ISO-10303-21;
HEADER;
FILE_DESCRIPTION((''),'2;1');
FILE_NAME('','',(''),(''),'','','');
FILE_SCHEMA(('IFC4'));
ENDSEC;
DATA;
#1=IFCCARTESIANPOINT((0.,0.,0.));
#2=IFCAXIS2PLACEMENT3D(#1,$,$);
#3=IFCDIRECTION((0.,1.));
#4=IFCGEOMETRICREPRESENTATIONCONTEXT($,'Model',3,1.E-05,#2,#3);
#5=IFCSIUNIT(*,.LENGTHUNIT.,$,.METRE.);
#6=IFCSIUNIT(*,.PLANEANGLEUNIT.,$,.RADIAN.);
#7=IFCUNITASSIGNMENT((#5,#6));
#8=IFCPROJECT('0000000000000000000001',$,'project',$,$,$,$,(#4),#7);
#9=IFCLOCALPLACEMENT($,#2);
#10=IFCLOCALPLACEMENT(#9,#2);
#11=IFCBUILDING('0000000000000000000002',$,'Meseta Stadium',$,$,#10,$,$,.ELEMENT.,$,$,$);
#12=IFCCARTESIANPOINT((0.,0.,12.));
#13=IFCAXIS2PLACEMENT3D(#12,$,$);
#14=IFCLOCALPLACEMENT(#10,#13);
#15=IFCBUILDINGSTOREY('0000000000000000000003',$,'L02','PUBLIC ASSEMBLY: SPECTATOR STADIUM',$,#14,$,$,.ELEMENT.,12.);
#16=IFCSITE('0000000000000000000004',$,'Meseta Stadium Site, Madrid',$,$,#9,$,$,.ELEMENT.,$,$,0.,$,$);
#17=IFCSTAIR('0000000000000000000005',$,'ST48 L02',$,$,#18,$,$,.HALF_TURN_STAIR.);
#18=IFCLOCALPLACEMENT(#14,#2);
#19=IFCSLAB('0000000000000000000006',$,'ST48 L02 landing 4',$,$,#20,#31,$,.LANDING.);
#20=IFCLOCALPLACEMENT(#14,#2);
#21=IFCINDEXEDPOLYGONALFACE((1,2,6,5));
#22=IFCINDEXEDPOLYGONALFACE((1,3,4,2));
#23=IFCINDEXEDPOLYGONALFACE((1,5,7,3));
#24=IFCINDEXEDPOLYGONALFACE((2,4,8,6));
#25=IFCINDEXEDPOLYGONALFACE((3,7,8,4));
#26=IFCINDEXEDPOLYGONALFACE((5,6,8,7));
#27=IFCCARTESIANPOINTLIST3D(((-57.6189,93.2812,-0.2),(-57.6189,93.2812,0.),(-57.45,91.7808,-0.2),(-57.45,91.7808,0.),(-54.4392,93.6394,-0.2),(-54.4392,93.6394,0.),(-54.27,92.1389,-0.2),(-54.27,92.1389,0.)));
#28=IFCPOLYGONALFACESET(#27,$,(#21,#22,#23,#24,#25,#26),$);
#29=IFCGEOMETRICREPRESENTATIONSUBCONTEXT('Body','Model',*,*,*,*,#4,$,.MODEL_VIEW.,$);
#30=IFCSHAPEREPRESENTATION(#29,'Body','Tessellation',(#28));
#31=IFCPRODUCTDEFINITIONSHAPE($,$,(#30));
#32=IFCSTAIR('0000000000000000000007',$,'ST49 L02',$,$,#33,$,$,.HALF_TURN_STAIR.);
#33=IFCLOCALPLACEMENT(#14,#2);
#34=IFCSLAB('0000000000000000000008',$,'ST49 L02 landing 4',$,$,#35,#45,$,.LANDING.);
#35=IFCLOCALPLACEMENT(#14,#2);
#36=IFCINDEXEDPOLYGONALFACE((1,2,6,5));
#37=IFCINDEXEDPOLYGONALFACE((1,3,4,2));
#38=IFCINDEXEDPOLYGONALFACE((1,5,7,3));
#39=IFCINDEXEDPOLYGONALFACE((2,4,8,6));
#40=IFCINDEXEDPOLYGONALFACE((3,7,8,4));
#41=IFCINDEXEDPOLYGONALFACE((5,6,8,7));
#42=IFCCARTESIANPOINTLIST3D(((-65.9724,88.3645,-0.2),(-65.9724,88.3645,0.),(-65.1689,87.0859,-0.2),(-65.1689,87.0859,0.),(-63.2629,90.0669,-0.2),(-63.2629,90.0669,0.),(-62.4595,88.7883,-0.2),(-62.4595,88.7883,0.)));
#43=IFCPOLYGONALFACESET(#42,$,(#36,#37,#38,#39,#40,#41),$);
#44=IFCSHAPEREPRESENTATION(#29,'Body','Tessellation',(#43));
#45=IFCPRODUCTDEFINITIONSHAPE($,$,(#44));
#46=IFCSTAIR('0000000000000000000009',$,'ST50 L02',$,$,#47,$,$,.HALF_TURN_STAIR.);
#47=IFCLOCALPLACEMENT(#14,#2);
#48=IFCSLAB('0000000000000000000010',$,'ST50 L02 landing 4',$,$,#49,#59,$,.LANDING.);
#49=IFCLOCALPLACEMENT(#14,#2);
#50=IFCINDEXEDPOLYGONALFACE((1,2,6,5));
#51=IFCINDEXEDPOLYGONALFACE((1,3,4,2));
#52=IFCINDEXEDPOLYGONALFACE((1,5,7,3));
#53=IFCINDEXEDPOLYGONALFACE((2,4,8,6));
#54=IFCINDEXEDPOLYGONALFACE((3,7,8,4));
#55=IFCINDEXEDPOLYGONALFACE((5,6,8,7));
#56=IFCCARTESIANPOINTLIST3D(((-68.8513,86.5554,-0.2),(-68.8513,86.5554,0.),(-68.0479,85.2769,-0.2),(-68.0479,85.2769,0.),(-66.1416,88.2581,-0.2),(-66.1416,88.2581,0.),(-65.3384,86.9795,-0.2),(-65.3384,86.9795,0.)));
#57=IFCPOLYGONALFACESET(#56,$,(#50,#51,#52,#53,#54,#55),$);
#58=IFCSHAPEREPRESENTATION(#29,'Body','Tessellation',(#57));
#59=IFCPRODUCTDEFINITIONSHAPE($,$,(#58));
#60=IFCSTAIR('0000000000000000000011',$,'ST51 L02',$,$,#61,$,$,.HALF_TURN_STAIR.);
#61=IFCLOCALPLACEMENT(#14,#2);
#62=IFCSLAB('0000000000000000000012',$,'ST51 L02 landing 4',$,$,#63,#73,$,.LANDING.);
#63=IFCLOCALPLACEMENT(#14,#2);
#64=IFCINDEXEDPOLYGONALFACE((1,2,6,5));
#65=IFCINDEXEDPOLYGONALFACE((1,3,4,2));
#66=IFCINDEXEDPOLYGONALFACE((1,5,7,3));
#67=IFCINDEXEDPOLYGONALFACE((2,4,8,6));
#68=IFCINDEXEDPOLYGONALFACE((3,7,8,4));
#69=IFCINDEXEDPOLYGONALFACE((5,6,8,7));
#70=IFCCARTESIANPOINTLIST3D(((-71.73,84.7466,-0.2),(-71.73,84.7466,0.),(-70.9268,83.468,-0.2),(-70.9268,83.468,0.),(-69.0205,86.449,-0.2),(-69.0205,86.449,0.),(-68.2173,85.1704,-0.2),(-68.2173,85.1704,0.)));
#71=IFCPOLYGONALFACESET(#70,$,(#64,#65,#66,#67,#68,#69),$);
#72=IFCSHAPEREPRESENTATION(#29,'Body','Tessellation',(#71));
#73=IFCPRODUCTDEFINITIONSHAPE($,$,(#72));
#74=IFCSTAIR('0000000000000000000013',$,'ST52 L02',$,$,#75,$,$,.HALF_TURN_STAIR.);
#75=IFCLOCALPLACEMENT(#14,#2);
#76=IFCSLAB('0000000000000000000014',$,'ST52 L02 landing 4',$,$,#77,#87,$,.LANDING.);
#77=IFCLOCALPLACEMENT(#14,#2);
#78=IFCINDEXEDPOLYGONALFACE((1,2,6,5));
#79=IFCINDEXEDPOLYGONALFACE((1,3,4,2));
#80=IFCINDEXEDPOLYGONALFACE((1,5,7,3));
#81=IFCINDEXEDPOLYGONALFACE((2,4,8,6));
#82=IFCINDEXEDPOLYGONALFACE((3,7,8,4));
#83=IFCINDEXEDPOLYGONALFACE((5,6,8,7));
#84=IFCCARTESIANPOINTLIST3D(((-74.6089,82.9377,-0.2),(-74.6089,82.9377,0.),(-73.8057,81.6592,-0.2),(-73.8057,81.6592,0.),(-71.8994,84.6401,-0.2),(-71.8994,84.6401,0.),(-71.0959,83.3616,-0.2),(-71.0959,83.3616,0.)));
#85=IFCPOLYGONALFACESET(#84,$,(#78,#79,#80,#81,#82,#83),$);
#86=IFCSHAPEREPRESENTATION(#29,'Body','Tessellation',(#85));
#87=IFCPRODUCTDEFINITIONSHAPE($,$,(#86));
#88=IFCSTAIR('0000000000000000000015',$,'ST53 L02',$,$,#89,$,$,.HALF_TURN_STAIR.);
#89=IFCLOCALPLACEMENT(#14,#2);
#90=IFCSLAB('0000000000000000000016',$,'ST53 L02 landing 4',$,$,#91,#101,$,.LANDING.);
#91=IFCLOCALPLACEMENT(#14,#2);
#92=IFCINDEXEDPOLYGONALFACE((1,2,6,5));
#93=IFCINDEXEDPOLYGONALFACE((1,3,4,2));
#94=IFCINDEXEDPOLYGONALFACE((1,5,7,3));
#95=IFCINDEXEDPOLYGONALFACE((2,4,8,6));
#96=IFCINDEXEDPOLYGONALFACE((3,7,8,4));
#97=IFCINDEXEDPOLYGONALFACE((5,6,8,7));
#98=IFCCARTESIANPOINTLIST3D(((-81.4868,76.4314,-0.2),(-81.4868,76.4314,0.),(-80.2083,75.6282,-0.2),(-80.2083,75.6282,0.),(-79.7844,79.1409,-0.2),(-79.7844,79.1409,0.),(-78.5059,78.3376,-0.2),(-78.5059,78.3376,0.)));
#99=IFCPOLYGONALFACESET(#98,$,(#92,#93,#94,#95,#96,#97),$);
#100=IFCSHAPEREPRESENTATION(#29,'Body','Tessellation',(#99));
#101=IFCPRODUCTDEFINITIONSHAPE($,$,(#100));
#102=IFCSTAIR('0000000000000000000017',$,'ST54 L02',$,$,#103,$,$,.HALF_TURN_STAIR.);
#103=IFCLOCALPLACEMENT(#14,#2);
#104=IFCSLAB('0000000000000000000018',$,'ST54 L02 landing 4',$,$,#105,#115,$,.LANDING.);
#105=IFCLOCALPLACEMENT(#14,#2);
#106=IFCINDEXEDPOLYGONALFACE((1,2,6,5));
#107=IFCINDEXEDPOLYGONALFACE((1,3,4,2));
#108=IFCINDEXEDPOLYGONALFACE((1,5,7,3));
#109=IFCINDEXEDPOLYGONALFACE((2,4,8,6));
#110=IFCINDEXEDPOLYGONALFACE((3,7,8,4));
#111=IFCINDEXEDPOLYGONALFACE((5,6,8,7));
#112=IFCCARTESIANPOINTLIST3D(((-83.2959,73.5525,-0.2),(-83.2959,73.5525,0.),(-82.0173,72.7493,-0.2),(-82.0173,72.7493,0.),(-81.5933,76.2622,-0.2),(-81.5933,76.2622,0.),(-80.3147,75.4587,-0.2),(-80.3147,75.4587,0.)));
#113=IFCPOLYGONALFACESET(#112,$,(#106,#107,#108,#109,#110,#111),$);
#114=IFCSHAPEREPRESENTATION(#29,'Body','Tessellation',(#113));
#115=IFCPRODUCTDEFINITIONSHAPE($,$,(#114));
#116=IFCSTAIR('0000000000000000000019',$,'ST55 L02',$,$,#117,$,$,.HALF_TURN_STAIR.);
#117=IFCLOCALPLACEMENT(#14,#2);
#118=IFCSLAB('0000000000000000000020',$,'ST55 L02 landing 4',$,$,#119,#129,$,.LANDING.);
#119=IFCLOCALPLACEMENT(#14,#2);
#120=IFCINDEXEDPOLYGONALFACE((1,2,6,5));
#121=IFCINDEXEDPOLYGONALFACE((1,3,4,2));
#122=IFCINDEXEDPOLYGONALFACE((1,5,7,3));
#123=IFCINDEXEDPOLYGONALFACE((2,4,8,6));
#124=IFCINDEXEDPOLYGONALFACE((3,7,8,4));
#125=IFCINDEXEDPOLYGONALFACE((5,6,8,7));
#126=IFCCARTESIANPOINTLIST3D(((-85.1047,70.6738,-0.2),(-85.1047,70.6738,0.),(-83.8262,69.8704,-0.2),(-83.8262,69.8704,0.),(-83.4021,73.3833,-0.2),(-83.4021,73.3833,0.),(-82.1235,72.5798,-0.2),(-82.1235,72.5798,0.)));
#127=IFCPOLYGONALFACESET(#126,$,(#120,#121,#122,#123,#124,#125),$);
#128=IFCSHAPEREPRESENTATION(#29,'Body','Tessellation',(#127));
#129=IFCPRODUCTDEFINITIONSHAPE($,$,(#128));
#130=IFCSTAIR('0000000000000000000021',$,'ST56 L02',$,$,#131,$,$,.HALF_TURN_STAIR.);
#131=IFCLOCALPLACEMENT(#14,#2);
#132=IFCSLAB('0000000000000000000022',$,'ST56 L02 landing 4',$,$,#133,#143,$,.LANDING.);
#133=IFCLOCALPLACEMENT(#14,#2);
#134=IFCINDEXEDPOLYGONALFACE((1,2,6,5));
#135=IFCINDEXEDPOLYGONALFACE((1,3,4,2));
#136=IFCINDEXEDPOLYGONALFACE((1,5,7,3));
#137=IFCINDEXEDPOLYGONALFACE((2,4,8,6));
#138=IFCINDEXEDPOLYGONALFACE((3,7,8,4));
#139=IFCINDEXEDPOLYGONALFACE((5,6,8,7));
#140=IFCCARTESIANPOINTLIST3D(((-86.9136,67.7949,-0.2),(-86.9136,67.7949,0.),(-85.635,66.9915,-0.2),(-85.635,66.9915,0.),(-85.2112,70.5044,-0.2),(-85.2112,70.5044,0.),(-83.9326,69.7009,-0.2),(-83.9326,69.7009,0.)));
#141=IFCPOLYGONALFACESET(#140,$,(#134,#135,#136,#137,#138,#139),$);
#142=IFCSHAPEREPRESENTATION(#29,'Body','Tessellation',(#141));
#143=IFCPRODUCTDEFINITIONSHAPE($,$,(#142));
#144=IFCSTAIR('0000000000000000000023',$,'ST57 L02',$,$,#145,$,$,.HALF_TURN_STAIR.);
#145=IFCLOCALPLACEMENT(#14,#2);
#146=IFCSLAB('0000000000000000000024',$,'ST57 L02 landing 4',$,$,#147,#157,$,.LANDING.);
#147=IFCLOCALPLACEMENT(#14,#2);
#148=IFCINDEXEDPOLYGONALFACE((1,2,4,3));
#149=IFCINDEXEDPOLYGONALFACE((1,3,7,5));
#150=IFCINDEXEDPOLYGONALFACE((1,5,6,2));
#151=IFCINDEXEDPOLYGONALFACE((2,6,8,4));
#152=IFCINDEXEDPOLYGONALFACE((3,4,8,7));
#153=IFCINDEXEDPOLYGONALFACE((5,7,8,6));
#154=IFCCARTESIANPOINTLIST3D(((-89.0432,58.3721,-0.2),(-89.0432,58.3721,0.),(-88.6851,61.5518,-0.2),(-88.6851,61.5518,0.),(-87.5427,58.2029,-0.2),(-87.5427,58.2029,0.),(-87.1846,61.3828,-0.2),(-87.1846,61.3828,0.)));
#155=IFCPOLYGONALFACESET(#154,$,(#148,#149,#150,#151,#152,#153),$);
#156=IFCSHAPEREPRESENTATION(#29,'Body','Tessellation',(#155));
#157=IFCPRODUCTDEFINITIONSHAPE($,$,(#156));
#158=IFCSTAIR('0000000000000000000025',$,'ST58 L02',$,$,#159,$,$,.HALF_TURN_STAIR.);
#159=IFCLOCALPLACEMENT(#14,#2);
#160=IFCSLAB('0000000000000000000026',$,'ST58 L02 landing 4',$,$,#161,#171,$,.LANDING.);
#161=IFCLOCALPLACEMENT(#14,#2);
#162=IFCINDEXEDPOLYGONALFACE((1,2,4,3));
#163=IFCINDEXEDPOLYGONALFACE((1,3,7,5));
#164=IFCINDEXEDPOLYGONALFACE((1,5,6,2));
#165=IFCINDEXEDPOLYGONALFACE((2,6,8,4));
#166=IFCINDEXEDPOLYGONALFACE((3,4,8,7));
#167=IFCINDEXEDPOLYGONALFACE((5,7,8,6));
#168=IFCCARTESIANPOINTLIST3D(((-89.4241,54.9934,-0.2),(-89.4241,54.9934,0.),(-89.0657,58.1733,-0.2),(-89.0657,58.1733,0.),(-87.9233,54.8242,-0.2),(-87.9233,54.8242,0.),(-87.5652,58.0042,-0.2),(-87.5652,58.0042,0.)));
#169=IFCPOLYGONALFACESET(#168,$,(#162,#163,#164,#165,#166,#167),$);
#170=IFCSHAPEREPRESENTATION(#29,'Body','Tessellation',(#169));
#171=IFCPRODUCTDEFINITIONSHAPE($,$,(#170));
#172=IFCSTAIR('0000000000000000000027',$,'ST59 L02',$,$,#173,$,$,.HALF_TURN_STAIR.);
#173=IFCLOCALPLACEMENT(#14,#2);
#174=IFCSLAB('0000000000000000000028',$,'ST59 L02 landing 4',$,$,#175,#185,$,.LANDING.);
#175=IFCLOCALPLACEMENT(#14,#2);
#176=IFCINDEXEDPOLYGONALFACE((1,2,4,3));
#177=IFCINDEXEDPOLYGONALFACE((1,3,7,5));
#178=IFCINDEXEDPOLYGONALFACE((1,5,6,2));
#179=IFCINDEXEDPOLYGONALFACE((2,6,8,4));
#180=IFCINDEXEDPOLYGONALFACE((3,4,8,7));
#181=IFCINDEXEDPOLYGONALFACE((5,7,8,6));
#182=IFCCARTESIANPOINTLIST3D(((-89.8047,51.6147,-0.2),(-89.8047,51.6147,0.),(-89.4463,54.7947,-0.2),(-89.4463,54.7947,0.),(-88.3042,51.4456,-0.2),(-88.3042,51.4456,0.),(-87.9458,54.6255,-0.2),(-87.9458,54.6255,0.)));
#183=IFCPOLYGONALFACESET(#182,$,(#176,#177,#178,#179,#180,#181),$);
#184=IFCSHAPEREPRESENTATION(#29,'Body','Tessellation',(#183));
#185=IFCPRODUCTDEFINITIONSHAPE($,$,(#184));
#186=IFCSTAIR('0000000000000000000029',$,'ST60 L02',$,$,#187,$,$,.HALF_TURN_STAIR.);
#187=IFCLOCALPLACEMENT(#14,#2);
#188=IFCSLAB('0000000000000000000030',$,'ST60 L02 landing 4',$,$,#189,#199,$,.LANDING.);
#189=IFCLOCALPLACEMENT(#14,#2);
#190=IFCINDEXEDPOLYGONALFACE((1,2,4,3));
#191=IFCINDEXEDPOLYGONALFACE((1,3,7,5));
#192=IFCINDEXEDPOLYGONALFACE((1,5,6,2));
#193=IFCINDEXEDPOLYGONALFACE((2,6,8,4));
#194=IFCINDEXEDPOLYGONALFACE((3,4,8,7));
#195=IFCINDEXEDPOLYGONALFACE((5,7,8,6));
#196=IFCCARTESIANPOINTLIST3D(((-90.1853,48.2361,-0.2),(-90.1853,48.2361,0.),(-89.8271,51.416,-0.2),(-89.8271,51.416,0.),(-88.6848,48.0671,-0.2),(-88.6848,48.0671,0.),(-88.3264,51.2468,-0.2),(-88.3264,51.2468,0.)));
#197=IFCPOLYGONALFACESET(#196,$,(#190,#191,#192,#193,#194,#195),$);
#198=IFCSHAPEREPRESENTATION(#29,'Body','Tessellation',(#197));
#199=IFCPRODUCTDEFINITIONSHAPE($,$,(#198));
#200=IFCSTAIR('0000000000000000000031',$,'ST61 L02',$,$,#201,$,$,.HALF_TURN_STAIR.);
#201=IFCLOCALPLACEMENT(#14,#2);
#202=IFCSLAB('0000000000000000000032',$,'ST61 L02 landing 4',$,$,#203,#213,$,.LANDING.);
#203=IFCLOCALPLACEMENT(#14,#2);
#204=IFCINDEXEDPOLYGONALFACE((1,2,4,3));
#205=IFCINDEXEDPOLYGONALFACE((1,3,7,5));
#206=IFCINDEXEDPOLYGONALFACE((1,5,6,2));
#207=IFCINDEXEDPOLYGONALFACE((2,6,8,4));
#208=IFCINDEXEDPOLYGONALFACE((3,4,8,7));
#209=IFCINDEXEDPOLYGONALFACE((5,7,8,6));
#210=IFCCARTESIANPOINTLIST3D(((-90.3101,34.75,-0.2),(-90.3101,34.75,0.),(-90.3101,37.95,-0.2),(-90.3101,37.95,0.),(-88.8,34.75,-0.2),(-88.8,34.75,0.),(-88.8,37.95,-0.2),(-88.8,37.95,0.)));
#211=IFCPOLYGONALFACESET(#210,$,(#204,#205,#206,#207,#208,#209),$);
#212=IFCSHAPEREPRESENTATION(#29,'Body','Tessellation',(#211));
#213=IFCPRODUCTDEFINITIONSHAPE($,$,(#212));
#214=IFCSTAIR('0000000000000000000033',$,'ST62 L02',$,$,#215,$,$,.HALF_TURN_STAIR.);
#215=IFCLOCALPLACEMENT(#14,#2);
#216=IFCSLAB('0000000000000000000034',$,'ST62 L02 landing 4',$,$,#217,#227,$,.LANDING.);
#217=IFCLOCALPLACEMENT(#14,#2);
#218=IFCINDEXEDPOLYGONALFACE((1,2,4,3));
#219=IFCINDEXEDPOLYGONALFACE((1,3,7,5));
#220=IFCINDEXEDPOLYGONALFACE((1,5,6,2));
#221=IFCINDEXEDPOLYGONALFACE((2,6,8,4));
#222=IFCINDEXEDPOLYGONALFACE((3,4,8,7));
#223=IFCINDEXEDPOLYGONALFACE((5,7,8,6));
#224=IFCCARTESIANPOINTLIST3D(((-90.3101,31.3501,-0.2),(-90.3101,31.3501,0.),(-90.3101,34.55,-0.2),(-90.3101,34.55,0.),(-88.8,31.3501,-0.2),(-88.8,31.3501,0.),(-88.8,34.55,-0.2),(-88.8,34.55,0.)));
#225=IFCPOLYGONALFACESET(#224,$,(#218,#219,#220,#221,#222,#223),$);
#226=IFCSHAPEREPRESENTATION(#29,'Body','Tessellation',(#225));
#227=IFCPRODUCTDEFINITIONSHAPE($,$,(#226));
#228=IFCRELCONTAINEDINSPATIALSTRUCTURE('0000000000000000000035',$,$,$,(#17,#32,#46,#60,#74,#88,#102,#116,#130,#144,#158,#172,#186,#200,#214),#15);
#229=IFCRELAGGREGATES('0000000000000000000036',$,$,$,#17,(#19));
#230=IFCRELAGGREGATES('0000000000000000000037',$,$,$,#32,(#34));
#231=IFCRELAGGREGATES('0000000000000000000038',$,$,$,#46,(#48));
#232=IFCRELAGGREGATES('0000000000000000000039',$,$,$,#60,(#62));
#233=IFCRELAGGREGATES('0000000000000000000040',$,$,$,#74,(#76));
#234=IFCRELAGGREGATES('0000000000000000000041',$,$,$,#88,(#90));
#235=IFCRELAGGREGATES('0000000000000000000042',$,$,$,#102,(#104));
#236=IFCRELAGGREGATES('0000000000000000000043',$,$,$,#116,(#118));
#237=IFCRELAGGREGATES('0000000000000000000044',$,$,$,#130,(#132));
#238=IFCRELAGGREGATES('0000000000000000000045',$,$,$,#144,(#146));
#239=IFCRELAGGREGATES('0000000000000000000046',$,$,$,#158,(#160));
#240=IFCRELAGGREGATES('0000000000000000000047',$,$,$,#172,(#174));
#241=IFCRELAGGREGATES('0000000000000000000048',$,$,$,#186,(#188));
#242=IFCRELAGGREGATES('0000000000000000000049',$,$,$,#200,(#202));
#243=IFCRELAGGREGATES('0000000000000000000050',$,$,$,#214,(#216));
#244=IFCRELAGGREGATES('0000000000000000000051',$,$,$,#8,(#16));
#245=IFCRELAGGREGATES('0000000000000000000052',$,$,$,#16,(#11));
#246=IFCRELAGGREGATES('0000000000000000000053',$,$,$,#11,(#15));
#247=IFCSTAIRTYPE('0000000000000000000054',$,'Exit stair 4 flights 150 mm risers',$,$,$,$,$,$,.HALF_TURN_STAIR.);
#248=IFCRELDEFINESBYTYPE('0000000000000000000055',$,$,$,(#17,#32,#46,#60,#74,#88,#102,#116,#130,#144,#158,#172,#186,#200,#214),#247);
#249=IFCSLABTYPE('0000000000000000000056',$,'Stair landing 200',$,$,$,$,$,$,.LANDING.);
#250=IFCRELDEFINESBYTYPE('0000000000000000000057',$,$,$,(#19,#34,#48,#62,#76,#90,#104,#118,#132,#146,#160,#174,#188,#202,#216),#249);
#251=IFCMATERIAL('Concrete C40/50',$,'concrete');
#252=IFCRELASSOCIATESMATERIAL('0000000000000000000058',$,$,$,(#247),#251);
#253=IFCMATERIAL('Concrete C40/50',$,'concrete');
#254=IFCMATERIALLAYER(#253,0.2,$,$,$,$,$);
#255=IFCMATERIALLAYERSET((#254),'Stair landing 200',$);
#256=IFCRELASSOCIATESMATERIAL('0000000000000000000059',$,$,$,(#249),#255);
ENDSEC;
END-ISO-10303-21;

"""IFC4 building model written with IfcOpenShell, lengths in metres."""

from ifc_helpers import new_model, si_unit, direction, frame, origin, place, context, subcontext, project, spatial, polyline, outline, extrude, material, layer, layer_set, type_object, element, aggregate, save


model = new_model("IFC4")

# Units and contexts
model_context = context("Model", 3, precision=1e-05, world=origin(), true_north=direction((0.0, 1.0)))
body_context = subcontext(model_context, "Body", "Model", "MODEL_VIEW")
ifc_project = project(units=[si_unit("LENGTHUNIT", "METRE"), si_unit("PLANEANGLEUNIT", "RADIAN")], contexts=[model_context])

# Site, building, storey
site_placement = place(None, origin())
site = spatial("IfcSite", under=ifc_project, at=site_placement, Name="Meseta Stadium Site, Madrid", CompositionType="ELEMENT", RefElevation=0.0)
building_placement = place(site_placement, origin())
building = spatial("IfcBuilding", under=site, at=building_placement, Name="Meseta Stadium", CompositionType="ELEMENT")
storey_placement = place(building_placement, frame((0.0, 0.0, 12.0)))
storey = spatial("IfcBuildingStorey", under=building, at=storey_placement, Name="L02", Description="PUBLIC ASSEMBLY: SPECTATOR STADIUM", CompositionType="ELEMENT", Elevation=12.0)

# Stairs, slabs
ifc_material_1 = material(Name="Concrete C40/50", Category="concrete")
stair_type = type_object("IfcStairType", Name="Exit stair 4 flights 150 mm risers", PredefinedType="HALF_TURN_STAIR", material=ifc_material_1)
ifc_material_2 = material(Name="Concrete C40/50", Category="concrete")
ifc_layer = layer(ifc_material_2, 0.2)
ifc_layer_set = layer_set([ifc_layer], Name="Stair landing 200")
slab_type = type_object("IfcSlabType", Name="Stair landing 200", PredefinedType="LANDING", material=ifc_layer_set)
stair_1_placement = place(storey_placement, origin())
stair_1 = element("IfcStair", 1, at=stair_1_placement, inside=storey, type_object=stair_type, Name="ST48 L02", PredefinedType="HALF_TURN_STAIR")
slab_1_placement = place(storey_placement, frame((0.0, 0.0, -0.2)))
slab_1 = element("IfcSlab", 2, at=slab_1_placement, type_object=slab_type, Name="ST48 L02 landing 4", PredefinedType="LANDING", context=body_context, shape_type="SweptSolid", body=[
    extrude(outline(polyline([(-54.27, 92.1389), (-54.4392, 93.6394), (-57.6189, 93.2812), (-57.45, 91.7808), (-54.27, 92.1389)])), origin(), (0.0, 0.0, 1.0), 0.2),
])
aggregate(stair_1, [slab_1])
stair_2_placement = place(storey_placement, origin())
stair_2 = element("IfcStair", 3, at=stair_2_placement, inside=storey, type_object=stair_type, Name="ST49 L02", PredefinedType="HALF_TURN_STAIR")
slab_2_placement = place(storey_placement, frame((0.0, 0.0, -0.2)))
slab_2 = element("IfcSlab", 4, at=slab_2_placement, type_object=slab_type, Name="ST49 L02 landing 4", PredefinedType="LANDING", context=body_context, shape_type="SweptSolid", body=[
    extrude(outline(polyline([(-62.4595, 88.7883), (-63.2629, 90.0669), (-65.9724, 88.3645), (-65.1689, 87.0859), (-62.4595, 88.7883)])), origin(), (0.0, 0.0, 1.0), 0.2),
])
aggregate(stair_2, [slab_2])
stair_3_placement = place(storey_placement, origin())
stair_3 = element("IfcStair", 5, at=stair_3_placement, inside=storey, type_object=stair_type, Name="ST50 L02", PredefinedType="HALF_TURN_STAIR")
slab_3_placement = place(storey_placement, frame((0.0, 0.0, -0.2)))
slab_3 = element("IfcSlab", 6, at=slab_3_placement, type_object=slab_type, Name="ST50 L02 landing 4", PredefinedType="LANDING", context=body_context, shape_type="SweptSolid", body=[
    extrude(outline(polyline([(-65.3384, 86.9795), (-66.1416, 88.2581), (-68.8513, 86.5554), (-68.0479, 85.2769), (-65.3384, 86.9795)])), origin(), (0.0, 0.0, 1.0), 0.2),
])
aggregate(stair_3, [slab_3])
stair_4_placement = place(storey_placement, origin())
stair_4 = element("IfcStair", 7, at=stair_4_placement, inside=storey, type_object=stair_type, Name="ST51 L02", PredefinedType="HALF_TURN_STAIR")
slab_4_placement = place(storey_placement, frame((0.0, 0.0, -0.2)))
slab_4 = element("IfcSlab", 8, at=slab_4_placement, type_object=slab_type, Name="ST51 L02 landing 4", PredefinedType="LANDING", context=body_context, shape_type="SweptSolid", body=[
    extrude(outline(polyline([(-68.2173, 85.1704), (-69.0205, 86.449), (-71.73, 84.7466), (-70.9268, 83.468), (-68.2173, 85.1704)])), origin(), (0.0, 0.0, 1.0), 0.2),
])
aggregate(stair_4, [slab_4])
stair_5_placement = place(storey_placement, origin())
stair_5 = element("IfcStair", 9, at=stair_5_placement, inside=storey, type_object=stair_type, Name="ST52 L02", PredefinedType="HALF_TURN_STAIR")
slab_5_placement = place(storey_placement, frame((0.0, 0.0, -0.2)))
slab_5 = element("IfcSlab", 10, at=slab_5_placement, type_object=slab_type, Name="ST52 L02 landing 4", PredefinedType="LANDING", context=body_context, shape_type="SweptSolid", body=[
    extrude(outline(polyline([(-71.0959, 83.3616), (-71.8994, 84.6401), (-74.6089, 82.9377), (-73.8057, 81.6592), (-71.0959, 83.3616)])), origin(), (0.0, 0.0, 1.0), 0.2),
])
aggregate(stair_5, [slab_5])
stair_6_placement = place(storey_placement, origin())
stair_6 = element("IfcStair", 11, at=stair_6_placement, inside=storey, type_object=stair_type, Name="ST53 L02", PredefinedType="HALF_TURN_STAIR")
slab_6_placement = place(storey_placement, frame((0.0, 0.0, -0.2)))
slab_6 = element("IfcSlab", 12, at=slab_6_placement, type_object=slab_type, Name="ST53 L02 landing 4", PredefinedType="LANDING", context=body_context, shape_type="SweptSolid", body=[
    extrude(outline(polyline([(-78.5059, 78.3376), (-79.7844, 79.1409), (-81.4868, 76.4314), (-80.2083, 75.6282), (-78.5059, 78.3376)])), origin(), (0.0, 0.0, 1.0), 0.2),
])
aggregate(stair_6, [slab_6])
stair_7_placement = place(storey_placement, origin())
stair_7 = element("IfcStair", 13, at=stair_7_placement, inside=storey, type_object=stair_type, Name="ST54 L02", PredefinedType="HALF_TURN_STAIR")
slab_7_placement = place(storey_placement, frame((0.0, 0.0, -0.2)))
slab_7 = element("IfcSlab", 14, at=slab_7_placement, type_object=slab_type, Name="ST54 L02 landing 4", PredefinedType="LANDING", context=body_context, shape_type="SweptSolid", body=[
    extrude(outline(polyline([(-80.3147, 75.4587), (-81.5933, 76.2622), (-83.2959, 73.5525), (-82.0173, 72.7493), (-80.3147, 75.4587)])), origin(), (0.0, 0.0, 1.0), 0.2),
])
aggregate(stair_7, [slab_7])
stair_8_placement = place(storey_placement, origin())
stair_8 = element("IfcStair", 15, at=stair_8_placement, inside=storey, type_object=stair_type, Name="ST55 L02", PredefinedType="HALF_TURN_STAIR")
slab_8_placement = place(storey_placement, frame((0.0, 0.0, -0.2)))
slab_8 = element("IfcSlab", 16, at=slab_8_placement, type_object=slab_type, Name="ST55 L02 landing 4", PredefinedType="LANDING", context=body_context, shape_type="SweptSolid", body=[
    extrude(outline(polyline([(-82.1235, 72.5798), (-83.4021, 73.3833), (-85.1047, 70.6738), (-83.8262, 69.8704), (-82.1235, 72.5798)])), origin(), (0.0, 0.0, 1.0), 0.2),
])
aggregate(stair_8, [slab_8])
stair_9_placement = place(storey_placement, origin())
stair_9 = element("IfcStair", 17, at=stair_9_placement, inside=storey, type_object=stair_type, Name="ST56 L02", PredefinedType="HALF_TURN_STAIR")
slab_9_placement = place(storey_placement, frame((0.0, 0.0, -0.2)))
slab_9 = element("IfcSlab", 18, at=slab_9_placement, type_object=slab_type, Name="ST56 L02 landing 4", PredefinedType="LANDING", context=body_context, shape_type="SweptSolid", body=[
    extrude(outline(polyline([(-83.9326, 69.7009), (-85.2112, 70.5044), (-86.9136, 67.7949), (-85.635, 66.9915), (-83.9326, 69.7009)])), origin(), (0.0, 0.0, 1.0), 0.2),
])
aggregate(stair_9, [slab_9])
stair_10_placement = place(storey_placement, origin())
stair_10 = element("IfcStair", 19, at=stair_10_placement, inside=storey, type_object=stair_type, Name="ST57 L02", PredefinedType="HALF_TURN_STAIR")
slab_10_placement = place(storey_placement, frame((0.0, 0.0, -0.2)))
slab_10 = element("IfcSlab", 20, at=slab_10_placement, type_object=slab_type, Name="ST57 L02 landing 4", PredefinedType="LANDING", context=body_context, shape_type="SweptSolid", body=[
    extrude(outline(polyline([(-87.1846, 61.3828), (-88.6851, 61.5518), (-89.0432, 58.3721), (-87.5427, 58.2029), (-87.1846, 61.3828)])), origin(), (0.0, 0.0, 1.0), 0.2),
])
aggregate(stair_10, [slab_10])
stair_11_placement = place(storey_placement, origin())
stair_11 = element("IfcStair", 21, at=stair_11_placement, inside=storey, type_object=stair_type, Name="ST58 L02", PredefinedType="HALF_TURN_STAIR")
slab_11_placement = place(storey_placement, frame((0.0, 0.0, -0.2)))
slab_11 = element("IfcSlab", 22, at=slab_11_placement, type_object=slab_type, Name="ST58 L02 landing 4", PredefinedType="LANDING", context=body_context, shape_type="SweptSolid", body=[
    extrude(outline(polyline([(-87.5652, 58.0042), (-89.0657, 58.1733), (-89.4241, 54.9934), (-87.9233, 54.8242), (-87.5652, 58.0042)])), origin(), (0.0, 0.0, 1.0), 0.2),
])
aggregate(stair_11, [slab_11])
stair_12_placement = place(storey_placement, origin())
stair_12 = element("IfcStair", 23, at=stair_12_placement, inside=storey, type_object=stair_type, Name="ST59 L02", PredefinedType="HALF_TURN_STAIR")
slab_12_placement = place(storey_placement, frame((0.0, 0.0, -0.2)))
slab_12 = element("IfcSlab", 24, at=slab_12_placement, type_object=slab_type, Name="ST59 L02 landing 4", PredefinedType="LANDING", context=body_context, shape_type="SweptSolid", body=[
    extrude(outline(polyline([(-87.9458, 54.6255), (-89.4463, 54.7947), (-89.8047, 51.6147), (-88.3042, 51.4456), (-87.9458, 54.6255)])), origin(), (0.0, 0.0, 1.0), 0.2),
])
aggregate(stair_12, [slab_12])
stair_13_placement = place(storey_placement, origin())
stair_13 = element("IfcStair", 25, at=stair_13_placement, inside=storey, type_object=stair_type, Name="ST60 L02", PredefinedType="HALF_TURN_STAIR")
slab_13_placement = place(storey_placement, frame((0.0, 0.0, -0.2)))
slab_13 = element("IfcSlab", 26, at=slab_13_placement, type_object=slab_type, Name="ST60 L02 landing 4", PredefinedType="LANDING", context=body_context, shape_type="SweptSolid", body=[
    extrude(outline(polyline([(-88.3264, 51.2468), (-89.8271, 51.416), (-90.1853, 48.2361), (-88.6848, 48.0671), (-88.3264, 51.2468)])), origin(), (0.0, 0.0, 1.0), 0.2),
])
aggregate(stair_13, [slab_13])
stair_14_placement = place(storey_placement, origin())
stair_14 = element("IfcStair", 27, at=stair_14_placement, inside=storey, type_object=stair_type, Name="ST61 L02", PredefinedType="HALF_TURN_STAIR")
slab_14_placement = place(storey_placement, frame((0.0, 0.0, -0.2)))
slab_14 = element("IfcSlab", 28, at=slab_14_placement, type_object=slab_type, Name="ST61 L02 landing 4", PredefinedType="LANDING", context=body_context, shape_type="SweptSolid", body=[
    extrude(outline(polyline([(-88.8, 37.95), (-90.3101, 37.95), (-90.3101, 34.75), (-88.8, 34.75), (-88.8, 37.95)])), origin(), (0.0, 0.0, 1.0), 0.2),
])
aggregate(stair_14, [slab_14])
stair_15_placement = place(storey_placement, origin())
stair_15 = element("IfcStair", 29, at=stair_15_placement, inside=storey, type_object=stair_type, Name="ST62 L02", PredefinedType="HALF_TURN_STAIR")
slab_15_placement = place(storey_placement, frame((0.0, 0.0, -0.2)))
slab_15 = element("IfcSlab", 30, at=slab_15_placement, type_object=slab_type, Name="ST62 L02 landing 4", PredefinedType="LANDING", context=body_context, shape_type="SweptSolid", body=[
    extrude(outline(polyline([(-88.8, 34.55), (-90.3101, 34.55), (-90.3101, 31.3501), (-88.8, 31.3501), (-88.8, 34.55)])), origin(), (0.0, 0.0, 1.0), 0.2),
])
aggregate(stair_15, [slab_15])

save(model, "model.ifc")
